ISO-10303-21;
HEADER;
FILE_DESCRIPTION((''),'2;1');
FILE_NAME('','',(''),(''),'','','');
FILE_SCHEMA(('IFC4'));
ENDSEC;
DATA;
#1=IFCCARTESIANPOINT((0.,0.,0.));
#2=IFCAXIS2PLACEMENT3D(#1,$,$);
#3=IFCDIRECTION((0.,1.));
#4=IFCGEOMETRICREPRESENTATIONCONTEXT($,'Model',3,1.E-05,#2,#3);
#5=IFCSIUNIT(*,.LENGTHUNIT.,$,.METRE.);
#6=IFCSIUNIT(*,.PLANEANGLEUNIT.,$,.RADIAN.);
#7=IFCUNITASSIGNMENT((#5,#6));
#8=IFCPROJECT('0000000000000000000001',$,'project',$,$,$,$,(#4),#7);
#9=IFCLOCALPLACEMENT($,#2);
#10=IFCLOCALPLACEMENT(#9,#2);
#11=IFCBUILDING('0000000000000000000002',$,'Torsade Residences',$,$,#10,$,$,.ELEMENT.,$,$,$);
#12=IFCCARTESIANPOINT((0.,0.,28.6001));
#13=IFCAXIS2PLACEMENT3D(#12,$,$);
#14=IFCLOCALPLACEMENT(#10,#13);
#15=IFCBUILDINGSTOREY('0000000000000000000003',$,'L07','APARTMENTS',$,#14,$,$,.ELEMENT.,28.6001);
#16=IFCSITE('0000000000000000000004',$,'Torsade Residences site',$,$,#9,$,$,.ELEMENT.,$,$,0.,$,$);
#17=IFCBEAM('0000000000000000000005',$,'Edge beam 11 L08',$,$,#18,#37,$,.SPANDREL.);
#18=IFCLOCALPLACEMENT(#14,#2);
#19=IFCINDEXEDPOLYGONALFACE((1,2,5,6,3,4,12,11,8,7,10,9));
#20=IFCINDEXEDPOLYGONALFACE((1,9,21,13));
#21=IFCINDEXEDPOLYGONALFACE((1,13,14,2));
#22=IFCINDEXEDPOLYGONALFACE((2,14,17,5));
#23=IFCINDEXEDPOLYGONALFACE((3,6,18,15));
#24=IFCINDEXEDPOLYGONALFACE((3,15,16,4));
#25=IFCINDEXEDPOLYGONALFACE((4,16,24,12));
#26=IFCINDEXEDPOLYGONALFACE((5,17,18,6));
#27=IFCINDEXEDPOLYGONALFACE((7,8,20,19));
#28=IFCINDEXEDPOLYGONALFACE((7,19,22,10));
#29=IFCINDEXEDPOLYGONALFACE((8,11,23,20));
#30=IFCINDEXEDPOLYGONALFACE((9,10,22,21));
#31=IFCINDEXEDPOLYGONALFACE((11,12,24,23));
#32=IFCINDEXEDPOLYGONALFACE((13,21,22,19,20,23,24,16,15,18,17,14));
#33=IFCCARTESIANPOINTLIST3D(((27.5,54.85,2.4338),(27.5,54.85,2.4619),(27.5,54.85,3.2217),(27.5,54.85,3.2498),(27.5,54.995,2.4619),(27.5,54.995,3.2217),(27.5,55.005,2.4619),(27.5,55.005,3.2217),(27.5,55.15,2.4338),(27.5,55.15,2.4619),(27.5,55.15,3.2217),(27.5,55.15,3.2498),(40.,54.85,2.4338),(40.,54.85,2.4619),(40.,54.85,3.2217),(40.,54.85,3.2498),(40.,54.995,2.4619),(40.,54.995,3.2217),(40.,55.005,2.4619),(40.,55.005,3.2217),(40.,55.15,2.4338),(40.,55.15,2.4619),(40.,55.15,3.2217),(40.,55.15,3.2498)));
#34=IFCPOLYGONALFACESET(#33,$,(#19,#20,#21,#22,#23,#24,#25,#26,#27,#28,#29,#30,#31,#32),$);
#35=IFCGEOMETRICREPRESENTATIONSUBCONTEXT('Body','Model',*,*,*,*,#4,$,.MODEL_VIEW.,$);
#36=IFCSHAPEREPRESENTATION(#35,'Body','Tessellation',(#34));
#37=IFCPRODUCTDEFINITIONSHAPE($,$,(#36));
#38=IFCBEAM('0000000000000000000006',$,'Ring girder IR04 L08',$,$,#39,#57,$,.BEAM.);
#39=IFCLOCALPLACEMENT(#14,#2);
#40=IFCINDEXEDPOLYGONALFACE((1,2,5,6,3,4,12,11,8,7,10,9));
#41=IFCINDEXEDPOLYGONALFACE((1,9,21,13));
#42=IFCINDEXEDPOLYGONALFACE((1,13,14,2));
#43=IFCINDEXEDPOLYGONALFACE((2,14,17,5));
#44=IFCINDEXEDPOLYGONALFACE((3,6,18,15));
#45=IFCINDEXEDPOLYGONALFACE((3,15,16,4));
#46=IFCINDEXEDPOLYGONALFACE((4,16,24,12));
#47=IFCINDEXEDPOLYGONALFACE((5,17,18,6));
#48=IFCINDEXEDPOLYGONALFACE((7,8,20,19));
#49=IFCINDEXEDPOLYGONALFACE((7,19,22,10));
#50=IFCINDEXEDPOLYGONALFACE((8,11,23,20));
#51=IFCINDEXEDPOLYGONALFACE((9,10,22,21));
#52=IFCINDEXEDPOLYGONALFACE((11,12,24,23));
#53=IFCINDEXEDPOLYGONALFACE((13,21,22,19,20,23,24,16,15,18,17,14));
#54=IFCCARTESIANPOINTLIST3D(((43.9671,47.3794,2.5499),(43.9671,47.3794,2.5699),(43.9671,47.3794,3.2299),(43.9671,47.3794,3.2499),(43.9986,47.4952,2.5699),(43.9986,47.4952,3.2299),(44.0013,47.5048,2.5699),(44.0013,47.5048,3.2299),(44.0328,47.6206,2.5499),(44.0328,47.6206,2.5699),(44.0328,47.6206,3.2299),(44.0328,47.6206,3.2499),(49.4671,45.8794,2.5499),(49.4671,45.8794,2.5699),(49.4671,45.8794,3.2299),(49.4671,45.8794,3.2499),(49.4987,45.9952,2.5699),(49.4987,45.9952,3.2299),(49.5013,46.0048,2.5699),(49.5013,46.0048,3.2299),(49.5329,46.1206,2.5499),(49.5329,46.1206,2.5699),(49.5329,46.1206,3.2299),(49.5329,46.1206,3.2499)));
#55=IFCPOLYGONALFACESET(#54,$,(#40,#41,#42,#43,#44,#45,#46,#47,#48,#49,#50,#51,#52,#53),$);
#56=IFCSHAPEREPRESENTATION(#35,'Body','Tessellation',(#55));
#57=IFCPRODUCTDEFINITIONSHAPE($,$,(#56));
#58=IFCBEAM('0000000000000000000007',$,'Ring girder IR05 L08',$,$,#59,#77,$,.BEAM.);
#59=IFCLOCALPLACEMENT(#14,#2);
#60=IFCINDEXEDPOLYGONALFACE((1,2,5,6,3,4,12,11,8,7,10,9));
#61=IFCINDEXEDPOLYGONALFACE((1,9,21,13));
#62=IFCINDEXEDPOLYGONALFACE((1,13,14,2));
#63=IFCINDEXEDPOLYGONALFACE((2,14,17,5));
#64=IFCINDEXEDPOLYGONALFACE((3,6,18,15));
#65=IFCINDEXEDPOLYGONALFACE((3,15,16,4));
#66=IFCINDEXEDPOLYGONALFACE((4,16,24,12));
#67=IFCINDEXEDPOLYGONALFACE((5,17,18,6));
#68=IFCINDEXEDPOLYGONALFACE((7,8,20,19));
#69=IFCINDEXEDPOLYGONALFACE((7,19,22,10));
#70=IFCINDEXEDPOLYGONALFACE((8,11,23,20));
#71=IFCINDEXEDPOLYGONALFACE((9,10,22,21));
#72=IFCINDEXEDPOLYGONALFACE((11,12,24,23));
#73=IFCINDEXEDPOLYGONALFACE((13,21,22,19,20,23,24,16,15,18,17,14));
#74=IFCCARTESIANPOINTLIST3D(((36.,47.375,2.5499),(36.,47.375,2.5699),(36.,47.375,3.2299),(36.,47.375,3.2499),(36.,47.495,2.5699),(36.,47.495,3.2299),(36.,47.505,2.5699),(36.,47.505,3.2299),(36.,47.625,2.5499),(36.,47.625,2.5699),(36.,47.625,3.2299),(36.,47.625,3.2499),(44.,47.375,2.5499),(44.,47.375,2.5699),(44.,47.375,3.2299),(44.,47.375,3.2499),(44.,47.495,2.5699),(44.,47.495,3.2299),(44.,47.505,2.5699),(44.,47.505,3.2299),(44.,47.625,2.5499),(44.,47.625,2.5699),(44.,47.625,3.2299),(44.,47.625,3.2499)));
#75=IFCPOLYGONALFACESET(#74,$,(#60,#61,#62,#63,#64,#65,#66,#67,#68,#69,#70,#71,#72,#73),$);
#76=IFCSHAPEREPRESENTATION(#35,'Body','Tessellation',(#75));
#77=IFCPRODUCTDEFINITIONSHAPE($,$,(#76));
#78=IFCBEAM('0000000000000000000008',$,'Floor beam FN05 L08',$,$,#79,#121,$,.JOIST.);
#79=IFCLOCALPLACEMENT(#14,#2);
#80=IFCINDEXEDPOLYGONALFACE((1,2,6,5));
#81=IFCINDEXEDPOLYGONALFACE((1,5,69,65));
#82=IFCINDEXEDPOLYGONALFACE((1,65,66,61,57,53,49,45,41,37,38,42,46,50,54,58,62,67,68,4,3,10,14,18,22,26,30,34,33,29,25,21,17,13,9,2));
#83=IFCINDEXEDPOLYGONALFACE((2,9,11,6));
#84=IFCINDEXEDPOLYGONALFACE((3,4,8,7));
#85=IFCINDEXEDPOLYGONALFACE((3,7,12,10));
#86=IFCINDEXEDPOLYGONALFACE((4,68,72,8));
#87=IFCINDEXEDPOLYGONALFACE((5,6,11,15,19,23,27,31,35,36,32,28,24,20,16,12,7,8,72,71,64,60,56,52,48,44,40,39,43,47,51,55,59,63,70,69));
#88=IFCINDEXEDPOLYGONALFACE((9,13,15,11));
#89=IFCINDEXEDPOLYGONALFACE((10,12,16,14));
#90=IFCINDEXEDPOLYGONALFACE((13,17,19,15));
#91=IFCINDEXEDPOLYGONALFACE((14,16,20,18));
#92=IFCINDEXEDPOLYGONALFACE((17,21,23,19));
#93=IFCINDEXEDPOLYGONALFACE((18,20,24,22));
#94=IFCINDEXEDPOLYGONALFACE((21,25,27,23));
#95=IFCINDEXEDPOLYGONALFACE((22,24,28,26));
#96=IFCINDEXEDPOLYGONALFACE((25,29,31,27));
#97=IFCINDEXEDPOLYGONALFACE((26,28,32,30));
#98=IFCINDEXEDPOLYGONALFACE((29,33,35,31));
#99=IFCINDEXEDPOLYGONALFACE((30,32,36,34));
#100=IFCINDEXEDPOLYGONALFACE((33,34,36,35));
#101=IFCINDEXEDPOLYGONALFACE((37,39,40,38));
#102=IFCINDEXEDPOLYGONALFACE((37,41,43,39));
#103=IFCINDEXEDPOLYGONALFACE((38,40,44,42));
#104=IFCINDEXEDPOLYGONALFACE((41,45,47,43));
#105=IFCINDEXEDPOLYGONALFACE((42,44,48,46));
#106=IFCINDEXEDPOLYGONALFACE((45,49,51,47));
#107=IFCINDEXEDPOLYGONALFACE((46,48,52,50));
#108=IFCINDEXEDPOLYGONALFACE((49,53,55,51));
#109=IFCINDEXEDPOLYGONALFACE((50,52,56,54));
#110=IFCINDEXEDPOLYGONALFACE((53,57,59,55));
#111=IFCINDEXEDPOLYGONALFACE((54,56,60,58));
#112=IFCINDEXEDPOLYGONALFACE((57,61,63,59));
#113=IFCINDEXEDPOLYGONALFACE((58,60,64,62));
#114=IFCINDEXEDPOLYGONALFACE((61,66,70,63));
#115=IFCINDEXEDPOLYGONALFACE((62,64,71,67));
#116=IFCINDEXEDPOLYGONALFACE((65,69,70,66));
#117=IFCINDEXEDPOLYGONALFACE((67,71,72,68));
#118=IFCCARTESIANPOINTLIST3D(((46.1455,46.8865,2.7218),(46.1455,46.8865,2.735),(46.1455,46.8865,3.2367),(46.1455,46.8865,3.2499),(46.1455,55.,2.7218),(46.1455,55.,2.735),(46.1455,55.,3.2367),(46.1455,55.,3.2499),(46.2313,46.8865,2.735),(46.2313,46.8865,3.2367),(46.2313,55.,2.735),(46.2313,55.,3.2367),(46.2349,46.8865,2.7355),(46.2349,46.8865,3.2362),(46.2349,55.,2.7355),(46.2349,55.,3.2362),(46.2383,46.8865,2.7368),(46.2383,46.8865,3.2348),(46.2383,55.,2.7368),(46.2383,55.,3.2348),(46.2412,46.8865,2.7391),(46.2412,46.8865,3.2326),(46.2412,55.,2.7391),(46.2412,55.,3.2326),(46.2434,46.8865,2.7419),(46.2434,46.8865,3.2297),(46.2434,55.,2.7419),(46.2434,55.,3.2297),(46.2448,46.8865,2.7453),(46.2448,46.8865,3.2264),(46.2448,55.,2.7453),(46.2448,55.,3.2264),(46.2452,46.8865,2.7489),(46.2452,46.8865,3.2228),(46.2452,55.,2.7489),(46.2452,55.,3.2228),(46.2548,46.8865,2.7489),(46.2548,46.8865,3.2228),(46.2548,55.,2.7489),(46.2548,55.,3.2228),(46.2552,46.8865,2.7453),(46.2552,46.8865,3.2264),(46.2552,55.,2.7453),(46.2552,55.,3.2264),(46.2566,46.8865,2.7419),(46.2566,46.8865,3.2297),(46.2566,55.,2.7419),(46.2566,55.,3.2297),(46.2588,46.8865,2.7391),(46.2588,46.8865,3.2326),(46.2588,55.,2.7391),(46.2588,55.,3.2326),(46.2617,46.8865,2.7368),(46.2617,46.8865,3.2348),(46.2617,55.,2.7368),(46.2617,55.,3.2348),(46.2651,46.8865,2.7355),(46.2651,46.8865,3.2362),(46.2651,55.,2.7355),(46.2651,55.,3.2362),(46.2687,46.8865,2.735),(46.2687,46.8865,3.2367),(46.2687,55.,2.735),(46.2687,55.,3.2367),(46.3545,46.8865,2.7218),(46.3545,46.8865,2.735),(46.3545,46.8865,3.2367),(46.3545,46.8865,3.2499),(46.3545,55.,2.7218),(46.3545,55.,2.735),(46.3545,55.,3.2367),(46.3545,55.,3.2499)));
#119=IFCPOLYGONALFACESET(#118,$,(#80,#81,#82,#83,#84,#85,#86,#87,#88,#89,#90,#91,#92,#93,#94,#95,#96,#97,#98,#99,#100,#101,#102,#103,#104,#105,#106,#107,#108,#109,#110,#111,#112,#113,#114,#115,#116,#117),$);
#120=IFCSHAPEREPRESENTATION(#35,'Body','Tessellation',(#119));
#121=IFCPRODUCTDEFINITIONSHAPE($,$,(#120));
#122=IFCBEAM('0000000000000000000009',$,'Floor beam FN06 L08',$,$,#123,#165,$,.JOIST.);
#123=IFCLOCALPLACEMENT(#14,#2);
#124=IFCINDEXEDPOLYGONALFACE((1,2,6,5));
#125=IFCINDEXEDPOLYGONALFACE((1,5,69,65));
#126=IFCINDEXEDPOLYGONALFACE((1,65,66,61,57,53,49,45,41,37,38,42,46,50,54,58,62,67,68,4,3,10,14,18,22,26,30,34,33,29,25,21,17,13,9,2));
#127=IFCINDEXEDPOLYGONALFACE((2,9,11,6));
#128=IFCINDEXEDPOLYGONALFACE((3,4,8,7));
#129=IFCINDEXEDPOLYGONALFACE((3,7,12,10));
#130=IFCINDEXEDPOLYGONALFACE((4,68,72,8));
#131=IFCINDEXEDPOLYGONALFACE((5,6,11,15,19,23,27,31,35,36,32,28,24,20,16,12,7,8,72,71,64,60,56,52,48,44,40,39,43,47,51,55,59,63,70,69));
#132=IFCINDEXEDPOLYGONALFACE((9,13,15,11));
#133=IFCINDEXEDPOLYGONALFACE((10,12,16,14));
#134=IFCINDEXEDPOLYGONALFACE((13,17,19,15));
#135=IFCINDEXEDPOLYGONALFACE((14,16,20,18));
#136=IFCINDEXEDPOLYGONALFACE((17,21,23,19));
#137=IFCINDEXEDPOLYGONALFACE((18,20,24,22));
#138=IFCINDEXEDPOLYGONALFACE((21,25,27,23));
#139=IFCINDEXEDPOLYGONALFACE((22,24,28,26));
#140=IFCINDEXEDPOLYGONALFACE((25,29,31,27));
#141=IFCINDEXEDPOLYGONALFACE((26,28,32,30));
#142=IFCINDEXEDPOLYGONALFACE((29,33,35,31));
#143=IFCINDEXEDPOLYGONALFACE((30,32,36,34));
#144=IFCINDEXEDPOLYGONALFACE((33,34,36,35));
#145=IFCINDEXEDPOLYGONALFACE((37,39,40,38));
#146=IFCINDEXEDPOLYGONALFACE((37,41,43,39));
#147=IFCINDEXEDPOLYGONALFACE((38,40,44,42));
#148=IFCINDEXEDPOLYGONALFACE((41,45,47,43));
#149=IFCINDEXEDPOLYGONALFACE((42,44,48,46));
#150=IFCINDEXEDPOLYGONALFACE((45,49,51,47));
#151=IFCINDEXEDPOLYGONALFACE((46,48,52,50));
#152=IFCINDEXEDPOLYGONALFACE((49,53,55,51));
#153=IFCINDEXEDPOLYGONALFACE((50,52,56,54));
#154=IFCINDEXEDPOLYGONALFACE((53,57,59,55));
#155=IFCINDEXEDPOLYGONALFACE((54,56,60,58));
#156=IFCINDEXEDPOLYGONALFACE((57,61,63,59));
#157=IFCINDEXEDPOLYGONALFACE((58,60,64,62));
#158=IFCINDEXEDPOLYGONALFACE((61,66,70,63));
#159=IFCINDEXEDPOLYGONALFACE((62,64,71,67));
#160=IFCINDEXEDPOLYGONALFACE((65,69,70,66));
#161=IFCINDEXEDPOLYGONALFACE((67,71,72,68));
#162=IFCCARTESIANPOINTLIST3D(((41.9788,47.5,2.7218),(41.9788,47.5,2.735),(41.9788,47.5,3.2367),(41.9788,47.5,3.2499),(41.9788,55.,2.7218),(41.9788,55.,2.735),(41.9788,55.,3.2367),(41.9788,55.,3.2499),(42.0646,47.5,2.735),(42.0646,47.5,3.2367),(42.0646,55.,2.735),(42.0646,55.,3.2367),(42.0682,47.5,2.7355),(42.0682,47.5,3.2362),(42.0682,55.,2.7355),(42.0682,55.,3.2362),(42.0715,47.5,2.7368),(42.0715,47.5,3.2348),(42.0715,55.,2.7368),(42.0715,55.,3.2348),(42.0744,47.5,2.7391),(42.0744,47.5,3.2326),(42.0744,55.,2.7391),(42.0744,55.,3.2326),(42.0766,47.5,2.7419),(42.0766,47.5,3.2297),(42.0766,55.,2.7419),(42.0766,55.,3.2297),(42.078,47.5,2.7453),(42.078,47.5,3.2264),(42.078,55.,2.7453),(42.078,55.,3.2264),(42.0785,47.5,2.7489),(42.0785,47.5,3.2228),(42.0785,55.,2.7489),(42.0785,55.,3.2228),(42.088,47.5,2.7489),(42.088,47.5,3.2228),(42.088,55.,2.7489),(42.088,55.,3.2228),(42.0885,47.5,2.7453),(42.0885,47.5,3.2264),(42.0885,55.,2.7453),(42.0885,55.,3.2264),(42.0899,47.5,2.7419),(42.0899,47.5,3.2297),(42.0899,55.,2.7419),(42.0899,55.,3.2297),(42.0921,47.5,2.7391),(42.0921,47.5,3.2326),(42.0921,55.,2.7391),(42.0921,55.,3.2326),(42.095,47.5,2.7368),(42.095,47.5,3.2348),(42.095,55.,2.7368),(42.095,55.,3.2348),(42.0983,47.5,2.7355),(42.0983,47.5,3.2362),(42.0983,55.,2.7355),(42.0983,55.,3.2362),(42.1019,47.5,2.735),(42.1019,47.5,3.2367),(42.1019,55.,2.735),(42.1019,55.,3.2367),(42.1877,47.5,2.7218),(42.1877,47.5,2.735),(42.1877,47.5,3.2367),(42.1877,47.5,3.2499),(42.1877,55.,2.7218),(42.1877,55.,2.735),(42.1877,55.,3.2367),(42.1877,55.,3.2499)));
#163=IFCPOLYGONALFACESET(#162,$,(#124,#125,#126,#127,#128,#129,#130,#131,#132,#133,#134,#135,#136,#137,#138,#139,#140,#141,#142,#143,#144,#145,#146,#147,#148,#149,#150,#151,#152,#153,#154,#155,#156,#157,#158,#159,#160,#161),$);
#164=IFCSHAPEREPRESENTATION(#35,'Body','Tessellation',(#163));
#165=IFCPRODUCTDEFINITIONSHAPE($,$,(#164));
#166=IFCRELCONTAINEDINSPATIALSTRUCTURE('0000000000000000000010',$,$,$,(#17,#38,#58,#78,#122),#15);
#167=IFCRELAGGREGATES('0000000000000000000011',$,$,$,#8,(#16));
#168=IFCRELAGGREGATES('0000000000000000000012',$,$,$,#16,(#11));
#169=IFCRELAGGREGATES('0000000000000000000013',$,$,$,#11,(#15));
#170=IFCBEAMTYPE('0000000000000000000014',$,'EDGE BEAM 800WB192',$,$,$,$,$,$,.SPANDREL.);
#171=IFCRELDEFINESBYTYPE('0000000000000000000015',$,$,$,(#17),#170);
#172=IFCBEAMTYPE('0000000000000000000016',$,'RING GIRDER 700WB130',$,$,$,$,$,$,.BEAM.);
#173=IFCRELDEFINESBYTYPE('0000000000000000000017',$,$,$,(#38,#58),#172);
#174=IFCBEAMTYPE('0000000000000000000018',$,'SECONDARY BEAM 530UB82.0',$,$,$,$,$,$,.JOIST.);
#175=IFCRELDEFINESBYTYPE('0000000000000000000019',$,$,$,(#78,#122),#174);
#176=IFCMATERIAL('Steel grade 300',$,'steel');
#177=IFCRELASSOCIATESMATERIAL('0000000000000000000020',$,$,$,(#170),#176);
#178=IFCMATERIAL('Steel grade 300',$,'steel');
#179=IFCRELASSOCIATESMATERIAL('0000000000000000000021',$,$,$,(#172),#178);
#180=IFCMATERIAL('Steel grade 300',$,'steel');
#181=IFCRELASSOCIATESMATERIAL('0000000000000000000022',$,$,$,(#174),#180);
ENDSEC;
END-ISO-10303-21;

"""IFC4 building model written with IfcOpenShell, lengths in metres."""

from ifc_helpers import new_model, si_unit, direction, frame, origin, origin_2d, place, context, subcontext, project, spatial, i_section, extrude, material, material_profile, profile_set, type_object, element, save


model = new_model("IFC4")

# Units and contexts
model_context = context("Model", 3, precision=1e-05, world=origin(), true_north=direction((0.0, 1.0)))
body_context = subcontext(model_context, "Body", "Model", "MODEL_VIEW")
ifc_project = project(units=[si_unit("LENGTHUNIT", "METRE"), si_unit("PLANEANGLEUNIT", "RADIAN")], contexts=[model_context])

# Site, building, storey
site_placement = place(None, origin())
site = spatial("IfcSite", under=ifc_project, at=site_placement, Name="Torsade Residences site", CompositionType="ELEMENT", RefElevation=0.0)
building_placement = place(site_placement, origin())
building = spatial("IfcBuilding", under=site, at=building_placement, Name="Torsade Residences", CompositionType="ELEMENT")
storey_placement = place(building_placement, frame((0.0, 0.0, 28.6001)))
storey = spatial("IfcBuildingStorey", under=building, at=storey_placement, Name="L07", Description="APARTMENTS", CompositionType="ELEMENT", Elevation=28.6001)

# Beams
ifc_material_1 = material(Name="Steel grade 300", Category="steel")
ifc_material_profile_1 = material_profile(ifc_material_1, i_section(OverallWidth=0.3, OverallDepth=0.8159, WebThickness=0.01, FlangeThickness=0.0281, at=origin_2d()), Name="800WB192")
ifc_profile_set_1 = profile_set([ifc_material_profile_1], Name="Steel grade 300")
beam_type_1 = type_object("IfcBeamType", Name="EDGE BEAM 800WB192", PredefinedType="SPANDREL", material=ifc_profile_set_1)
for number, where, z_axis, x_axis, name in (
    (1, (40.0, 55.0, 2.8418), (-1.0, 0.0, 0.0), (0.0, -1.0, 0.0), "Edge beam 11 L08"),
):
    element("IfcBeam", number, at=place(storey_placement, frame(where, z_axis=z_axis, x_axis=x_axis)), inside=storey, type_object=beam_type_1, Name=name, PredefinedType="SPANDREL", context=body_context, shape_type="SweptSolid", body=[
        extrude(i_section(OverallWidth=0.3, OverallDepth=0.8159, WebThickness=0.01, FlangeThickness=0.0281, at=origin_2d()), origin(), (0.0, 0.0, 1.0), 12.5),
    ])
ifc_material_2 = material(Name="Steel grade 300", Category="steel")
ifc_material_profile_2 = material_profile(ifc_material_2, i_section(OverallWidth=0.25, OverallDepth=0.7, WebThickness=0.01, FlangeThickness=0.02, at=origin_2d()), Name="700WB130")
ifc_profile_set_2 = profile_set([ifc_material_profile_2], Name="Steel grade 300")
beam_type_2 = type_object("IfcBeamType", Name="RING GIRDER 700WB130", PredefinedType="BEAM", material=ifc_profile_set_2)
beam_1_placement = place(storey_placement, frame((49.5, 46.0, 2.8999), z_axis=(-0.964764, 0.263117, 0.0), x_axis=(-0.263117, -0.964764, 0.0)))
element("IfcBeam", 2, at=beam_1_placement, inside=storey, type_object=beam_type_2, Name="Ring girder IR04 L08", PredefinedType="BEAM", context=body_context, shape_type="SweptSolid", body=[
    extrude(i_section(OverallWidth=0.25, OverallDepth=0.7, WebThickness=0.01, FlangeThickness=0.02, at=origin_2d()), origin(), (0.0, 0.0, 1.0), 5.7009),
])
beam_2_placement = place(storey_placement, frame((44.0, 47.5, 2.8999), z_axis=(-1.0, 0.0, 0.0), x_axis=(0.0, -1.0, 0.0)))
element("IfcBeam", 3, at=beam_2_placement, inside=storey, type_object=beam_type_2, Name="Ring girder IR05 L08", PredefinedType="BEAM", context=body_context, shape_type="SweptSolid", body=[
    extrude(i_section(OverallWidth=0.25, OverallDepth=0.7, WebThickness=0.01, FlangeThickness=0.02, at=origin_2d()), origin(), (0.0, 0.0, 1.0), 8.0),
])
ifc_material_3 = material(Name="Steel grade 300", Category="steel")
ifc_material_profile_3 = material_profile(ifc_material_3, i_section(OverallWidth=0.209, OverallDepth=0.5281, WebThickness=0.0095, FlangeThickness=0.0132, FilletRadius=0.0139, at=origin_2d()), Name="530UB82.0")
ifc_profile_set_3 = profile_set([ifc_material_profile_3], Name="Steel grade 300")
beam_type_3 = type_object("IfcBeamType", Name="SECONDARY BEAM 530UB82.0", PredefinedType="JOIST", material=ifc_profile_set_3)
beam_3_placement = place(storey_placement, frame((46.25, 55.0, 2.9858), z_axis=(0.0, -1.0, 0.0), x_axis=(1.0, 0.0, 0.0)))
element("IfcBeam", 4, at=beam_3_placement, inside=storey, type_object=beam_type_3, Name="Floor beam FN05 L08", PredefinedType="JOIST", context=body_context, shape_type="SweptSolid", body=[
    extrude(i_section(OverallWidth=0.209, OverallDepth=0.5281, WebThickness=0.0095, FlangeThickness=0.0132, FilletRadius=0.0139, at=origin_2d()), origin(), (0.0, 0.0, 1.0), 8.1135),
])
beam_4_placement = place(storey_placement, frame((42.0833, 55.0, 2.9858), z_axis=(0.0, -1.0, 0.0), x_axis=(1.0, 0.0, 0.0)))
element("IfcBeam", 5, at=beam_4_placement, inside=storey, type_object=beam_type_3, Name="Floor beam FN06 L08", PredefinedType="JOIST", context=body_context, shape_type="SweptSolid", body=[
    extrude(i_section(OverallWidth=0.209, OverallDepth=0.5281, WebThickness=0.0095, FlangeThickness=0.0132, FilletRadius=0.0139, at=origin_2d()), origin(), (0.0, 0.0, 1.0), 7.5),
])

save(model, "model.ifc")
